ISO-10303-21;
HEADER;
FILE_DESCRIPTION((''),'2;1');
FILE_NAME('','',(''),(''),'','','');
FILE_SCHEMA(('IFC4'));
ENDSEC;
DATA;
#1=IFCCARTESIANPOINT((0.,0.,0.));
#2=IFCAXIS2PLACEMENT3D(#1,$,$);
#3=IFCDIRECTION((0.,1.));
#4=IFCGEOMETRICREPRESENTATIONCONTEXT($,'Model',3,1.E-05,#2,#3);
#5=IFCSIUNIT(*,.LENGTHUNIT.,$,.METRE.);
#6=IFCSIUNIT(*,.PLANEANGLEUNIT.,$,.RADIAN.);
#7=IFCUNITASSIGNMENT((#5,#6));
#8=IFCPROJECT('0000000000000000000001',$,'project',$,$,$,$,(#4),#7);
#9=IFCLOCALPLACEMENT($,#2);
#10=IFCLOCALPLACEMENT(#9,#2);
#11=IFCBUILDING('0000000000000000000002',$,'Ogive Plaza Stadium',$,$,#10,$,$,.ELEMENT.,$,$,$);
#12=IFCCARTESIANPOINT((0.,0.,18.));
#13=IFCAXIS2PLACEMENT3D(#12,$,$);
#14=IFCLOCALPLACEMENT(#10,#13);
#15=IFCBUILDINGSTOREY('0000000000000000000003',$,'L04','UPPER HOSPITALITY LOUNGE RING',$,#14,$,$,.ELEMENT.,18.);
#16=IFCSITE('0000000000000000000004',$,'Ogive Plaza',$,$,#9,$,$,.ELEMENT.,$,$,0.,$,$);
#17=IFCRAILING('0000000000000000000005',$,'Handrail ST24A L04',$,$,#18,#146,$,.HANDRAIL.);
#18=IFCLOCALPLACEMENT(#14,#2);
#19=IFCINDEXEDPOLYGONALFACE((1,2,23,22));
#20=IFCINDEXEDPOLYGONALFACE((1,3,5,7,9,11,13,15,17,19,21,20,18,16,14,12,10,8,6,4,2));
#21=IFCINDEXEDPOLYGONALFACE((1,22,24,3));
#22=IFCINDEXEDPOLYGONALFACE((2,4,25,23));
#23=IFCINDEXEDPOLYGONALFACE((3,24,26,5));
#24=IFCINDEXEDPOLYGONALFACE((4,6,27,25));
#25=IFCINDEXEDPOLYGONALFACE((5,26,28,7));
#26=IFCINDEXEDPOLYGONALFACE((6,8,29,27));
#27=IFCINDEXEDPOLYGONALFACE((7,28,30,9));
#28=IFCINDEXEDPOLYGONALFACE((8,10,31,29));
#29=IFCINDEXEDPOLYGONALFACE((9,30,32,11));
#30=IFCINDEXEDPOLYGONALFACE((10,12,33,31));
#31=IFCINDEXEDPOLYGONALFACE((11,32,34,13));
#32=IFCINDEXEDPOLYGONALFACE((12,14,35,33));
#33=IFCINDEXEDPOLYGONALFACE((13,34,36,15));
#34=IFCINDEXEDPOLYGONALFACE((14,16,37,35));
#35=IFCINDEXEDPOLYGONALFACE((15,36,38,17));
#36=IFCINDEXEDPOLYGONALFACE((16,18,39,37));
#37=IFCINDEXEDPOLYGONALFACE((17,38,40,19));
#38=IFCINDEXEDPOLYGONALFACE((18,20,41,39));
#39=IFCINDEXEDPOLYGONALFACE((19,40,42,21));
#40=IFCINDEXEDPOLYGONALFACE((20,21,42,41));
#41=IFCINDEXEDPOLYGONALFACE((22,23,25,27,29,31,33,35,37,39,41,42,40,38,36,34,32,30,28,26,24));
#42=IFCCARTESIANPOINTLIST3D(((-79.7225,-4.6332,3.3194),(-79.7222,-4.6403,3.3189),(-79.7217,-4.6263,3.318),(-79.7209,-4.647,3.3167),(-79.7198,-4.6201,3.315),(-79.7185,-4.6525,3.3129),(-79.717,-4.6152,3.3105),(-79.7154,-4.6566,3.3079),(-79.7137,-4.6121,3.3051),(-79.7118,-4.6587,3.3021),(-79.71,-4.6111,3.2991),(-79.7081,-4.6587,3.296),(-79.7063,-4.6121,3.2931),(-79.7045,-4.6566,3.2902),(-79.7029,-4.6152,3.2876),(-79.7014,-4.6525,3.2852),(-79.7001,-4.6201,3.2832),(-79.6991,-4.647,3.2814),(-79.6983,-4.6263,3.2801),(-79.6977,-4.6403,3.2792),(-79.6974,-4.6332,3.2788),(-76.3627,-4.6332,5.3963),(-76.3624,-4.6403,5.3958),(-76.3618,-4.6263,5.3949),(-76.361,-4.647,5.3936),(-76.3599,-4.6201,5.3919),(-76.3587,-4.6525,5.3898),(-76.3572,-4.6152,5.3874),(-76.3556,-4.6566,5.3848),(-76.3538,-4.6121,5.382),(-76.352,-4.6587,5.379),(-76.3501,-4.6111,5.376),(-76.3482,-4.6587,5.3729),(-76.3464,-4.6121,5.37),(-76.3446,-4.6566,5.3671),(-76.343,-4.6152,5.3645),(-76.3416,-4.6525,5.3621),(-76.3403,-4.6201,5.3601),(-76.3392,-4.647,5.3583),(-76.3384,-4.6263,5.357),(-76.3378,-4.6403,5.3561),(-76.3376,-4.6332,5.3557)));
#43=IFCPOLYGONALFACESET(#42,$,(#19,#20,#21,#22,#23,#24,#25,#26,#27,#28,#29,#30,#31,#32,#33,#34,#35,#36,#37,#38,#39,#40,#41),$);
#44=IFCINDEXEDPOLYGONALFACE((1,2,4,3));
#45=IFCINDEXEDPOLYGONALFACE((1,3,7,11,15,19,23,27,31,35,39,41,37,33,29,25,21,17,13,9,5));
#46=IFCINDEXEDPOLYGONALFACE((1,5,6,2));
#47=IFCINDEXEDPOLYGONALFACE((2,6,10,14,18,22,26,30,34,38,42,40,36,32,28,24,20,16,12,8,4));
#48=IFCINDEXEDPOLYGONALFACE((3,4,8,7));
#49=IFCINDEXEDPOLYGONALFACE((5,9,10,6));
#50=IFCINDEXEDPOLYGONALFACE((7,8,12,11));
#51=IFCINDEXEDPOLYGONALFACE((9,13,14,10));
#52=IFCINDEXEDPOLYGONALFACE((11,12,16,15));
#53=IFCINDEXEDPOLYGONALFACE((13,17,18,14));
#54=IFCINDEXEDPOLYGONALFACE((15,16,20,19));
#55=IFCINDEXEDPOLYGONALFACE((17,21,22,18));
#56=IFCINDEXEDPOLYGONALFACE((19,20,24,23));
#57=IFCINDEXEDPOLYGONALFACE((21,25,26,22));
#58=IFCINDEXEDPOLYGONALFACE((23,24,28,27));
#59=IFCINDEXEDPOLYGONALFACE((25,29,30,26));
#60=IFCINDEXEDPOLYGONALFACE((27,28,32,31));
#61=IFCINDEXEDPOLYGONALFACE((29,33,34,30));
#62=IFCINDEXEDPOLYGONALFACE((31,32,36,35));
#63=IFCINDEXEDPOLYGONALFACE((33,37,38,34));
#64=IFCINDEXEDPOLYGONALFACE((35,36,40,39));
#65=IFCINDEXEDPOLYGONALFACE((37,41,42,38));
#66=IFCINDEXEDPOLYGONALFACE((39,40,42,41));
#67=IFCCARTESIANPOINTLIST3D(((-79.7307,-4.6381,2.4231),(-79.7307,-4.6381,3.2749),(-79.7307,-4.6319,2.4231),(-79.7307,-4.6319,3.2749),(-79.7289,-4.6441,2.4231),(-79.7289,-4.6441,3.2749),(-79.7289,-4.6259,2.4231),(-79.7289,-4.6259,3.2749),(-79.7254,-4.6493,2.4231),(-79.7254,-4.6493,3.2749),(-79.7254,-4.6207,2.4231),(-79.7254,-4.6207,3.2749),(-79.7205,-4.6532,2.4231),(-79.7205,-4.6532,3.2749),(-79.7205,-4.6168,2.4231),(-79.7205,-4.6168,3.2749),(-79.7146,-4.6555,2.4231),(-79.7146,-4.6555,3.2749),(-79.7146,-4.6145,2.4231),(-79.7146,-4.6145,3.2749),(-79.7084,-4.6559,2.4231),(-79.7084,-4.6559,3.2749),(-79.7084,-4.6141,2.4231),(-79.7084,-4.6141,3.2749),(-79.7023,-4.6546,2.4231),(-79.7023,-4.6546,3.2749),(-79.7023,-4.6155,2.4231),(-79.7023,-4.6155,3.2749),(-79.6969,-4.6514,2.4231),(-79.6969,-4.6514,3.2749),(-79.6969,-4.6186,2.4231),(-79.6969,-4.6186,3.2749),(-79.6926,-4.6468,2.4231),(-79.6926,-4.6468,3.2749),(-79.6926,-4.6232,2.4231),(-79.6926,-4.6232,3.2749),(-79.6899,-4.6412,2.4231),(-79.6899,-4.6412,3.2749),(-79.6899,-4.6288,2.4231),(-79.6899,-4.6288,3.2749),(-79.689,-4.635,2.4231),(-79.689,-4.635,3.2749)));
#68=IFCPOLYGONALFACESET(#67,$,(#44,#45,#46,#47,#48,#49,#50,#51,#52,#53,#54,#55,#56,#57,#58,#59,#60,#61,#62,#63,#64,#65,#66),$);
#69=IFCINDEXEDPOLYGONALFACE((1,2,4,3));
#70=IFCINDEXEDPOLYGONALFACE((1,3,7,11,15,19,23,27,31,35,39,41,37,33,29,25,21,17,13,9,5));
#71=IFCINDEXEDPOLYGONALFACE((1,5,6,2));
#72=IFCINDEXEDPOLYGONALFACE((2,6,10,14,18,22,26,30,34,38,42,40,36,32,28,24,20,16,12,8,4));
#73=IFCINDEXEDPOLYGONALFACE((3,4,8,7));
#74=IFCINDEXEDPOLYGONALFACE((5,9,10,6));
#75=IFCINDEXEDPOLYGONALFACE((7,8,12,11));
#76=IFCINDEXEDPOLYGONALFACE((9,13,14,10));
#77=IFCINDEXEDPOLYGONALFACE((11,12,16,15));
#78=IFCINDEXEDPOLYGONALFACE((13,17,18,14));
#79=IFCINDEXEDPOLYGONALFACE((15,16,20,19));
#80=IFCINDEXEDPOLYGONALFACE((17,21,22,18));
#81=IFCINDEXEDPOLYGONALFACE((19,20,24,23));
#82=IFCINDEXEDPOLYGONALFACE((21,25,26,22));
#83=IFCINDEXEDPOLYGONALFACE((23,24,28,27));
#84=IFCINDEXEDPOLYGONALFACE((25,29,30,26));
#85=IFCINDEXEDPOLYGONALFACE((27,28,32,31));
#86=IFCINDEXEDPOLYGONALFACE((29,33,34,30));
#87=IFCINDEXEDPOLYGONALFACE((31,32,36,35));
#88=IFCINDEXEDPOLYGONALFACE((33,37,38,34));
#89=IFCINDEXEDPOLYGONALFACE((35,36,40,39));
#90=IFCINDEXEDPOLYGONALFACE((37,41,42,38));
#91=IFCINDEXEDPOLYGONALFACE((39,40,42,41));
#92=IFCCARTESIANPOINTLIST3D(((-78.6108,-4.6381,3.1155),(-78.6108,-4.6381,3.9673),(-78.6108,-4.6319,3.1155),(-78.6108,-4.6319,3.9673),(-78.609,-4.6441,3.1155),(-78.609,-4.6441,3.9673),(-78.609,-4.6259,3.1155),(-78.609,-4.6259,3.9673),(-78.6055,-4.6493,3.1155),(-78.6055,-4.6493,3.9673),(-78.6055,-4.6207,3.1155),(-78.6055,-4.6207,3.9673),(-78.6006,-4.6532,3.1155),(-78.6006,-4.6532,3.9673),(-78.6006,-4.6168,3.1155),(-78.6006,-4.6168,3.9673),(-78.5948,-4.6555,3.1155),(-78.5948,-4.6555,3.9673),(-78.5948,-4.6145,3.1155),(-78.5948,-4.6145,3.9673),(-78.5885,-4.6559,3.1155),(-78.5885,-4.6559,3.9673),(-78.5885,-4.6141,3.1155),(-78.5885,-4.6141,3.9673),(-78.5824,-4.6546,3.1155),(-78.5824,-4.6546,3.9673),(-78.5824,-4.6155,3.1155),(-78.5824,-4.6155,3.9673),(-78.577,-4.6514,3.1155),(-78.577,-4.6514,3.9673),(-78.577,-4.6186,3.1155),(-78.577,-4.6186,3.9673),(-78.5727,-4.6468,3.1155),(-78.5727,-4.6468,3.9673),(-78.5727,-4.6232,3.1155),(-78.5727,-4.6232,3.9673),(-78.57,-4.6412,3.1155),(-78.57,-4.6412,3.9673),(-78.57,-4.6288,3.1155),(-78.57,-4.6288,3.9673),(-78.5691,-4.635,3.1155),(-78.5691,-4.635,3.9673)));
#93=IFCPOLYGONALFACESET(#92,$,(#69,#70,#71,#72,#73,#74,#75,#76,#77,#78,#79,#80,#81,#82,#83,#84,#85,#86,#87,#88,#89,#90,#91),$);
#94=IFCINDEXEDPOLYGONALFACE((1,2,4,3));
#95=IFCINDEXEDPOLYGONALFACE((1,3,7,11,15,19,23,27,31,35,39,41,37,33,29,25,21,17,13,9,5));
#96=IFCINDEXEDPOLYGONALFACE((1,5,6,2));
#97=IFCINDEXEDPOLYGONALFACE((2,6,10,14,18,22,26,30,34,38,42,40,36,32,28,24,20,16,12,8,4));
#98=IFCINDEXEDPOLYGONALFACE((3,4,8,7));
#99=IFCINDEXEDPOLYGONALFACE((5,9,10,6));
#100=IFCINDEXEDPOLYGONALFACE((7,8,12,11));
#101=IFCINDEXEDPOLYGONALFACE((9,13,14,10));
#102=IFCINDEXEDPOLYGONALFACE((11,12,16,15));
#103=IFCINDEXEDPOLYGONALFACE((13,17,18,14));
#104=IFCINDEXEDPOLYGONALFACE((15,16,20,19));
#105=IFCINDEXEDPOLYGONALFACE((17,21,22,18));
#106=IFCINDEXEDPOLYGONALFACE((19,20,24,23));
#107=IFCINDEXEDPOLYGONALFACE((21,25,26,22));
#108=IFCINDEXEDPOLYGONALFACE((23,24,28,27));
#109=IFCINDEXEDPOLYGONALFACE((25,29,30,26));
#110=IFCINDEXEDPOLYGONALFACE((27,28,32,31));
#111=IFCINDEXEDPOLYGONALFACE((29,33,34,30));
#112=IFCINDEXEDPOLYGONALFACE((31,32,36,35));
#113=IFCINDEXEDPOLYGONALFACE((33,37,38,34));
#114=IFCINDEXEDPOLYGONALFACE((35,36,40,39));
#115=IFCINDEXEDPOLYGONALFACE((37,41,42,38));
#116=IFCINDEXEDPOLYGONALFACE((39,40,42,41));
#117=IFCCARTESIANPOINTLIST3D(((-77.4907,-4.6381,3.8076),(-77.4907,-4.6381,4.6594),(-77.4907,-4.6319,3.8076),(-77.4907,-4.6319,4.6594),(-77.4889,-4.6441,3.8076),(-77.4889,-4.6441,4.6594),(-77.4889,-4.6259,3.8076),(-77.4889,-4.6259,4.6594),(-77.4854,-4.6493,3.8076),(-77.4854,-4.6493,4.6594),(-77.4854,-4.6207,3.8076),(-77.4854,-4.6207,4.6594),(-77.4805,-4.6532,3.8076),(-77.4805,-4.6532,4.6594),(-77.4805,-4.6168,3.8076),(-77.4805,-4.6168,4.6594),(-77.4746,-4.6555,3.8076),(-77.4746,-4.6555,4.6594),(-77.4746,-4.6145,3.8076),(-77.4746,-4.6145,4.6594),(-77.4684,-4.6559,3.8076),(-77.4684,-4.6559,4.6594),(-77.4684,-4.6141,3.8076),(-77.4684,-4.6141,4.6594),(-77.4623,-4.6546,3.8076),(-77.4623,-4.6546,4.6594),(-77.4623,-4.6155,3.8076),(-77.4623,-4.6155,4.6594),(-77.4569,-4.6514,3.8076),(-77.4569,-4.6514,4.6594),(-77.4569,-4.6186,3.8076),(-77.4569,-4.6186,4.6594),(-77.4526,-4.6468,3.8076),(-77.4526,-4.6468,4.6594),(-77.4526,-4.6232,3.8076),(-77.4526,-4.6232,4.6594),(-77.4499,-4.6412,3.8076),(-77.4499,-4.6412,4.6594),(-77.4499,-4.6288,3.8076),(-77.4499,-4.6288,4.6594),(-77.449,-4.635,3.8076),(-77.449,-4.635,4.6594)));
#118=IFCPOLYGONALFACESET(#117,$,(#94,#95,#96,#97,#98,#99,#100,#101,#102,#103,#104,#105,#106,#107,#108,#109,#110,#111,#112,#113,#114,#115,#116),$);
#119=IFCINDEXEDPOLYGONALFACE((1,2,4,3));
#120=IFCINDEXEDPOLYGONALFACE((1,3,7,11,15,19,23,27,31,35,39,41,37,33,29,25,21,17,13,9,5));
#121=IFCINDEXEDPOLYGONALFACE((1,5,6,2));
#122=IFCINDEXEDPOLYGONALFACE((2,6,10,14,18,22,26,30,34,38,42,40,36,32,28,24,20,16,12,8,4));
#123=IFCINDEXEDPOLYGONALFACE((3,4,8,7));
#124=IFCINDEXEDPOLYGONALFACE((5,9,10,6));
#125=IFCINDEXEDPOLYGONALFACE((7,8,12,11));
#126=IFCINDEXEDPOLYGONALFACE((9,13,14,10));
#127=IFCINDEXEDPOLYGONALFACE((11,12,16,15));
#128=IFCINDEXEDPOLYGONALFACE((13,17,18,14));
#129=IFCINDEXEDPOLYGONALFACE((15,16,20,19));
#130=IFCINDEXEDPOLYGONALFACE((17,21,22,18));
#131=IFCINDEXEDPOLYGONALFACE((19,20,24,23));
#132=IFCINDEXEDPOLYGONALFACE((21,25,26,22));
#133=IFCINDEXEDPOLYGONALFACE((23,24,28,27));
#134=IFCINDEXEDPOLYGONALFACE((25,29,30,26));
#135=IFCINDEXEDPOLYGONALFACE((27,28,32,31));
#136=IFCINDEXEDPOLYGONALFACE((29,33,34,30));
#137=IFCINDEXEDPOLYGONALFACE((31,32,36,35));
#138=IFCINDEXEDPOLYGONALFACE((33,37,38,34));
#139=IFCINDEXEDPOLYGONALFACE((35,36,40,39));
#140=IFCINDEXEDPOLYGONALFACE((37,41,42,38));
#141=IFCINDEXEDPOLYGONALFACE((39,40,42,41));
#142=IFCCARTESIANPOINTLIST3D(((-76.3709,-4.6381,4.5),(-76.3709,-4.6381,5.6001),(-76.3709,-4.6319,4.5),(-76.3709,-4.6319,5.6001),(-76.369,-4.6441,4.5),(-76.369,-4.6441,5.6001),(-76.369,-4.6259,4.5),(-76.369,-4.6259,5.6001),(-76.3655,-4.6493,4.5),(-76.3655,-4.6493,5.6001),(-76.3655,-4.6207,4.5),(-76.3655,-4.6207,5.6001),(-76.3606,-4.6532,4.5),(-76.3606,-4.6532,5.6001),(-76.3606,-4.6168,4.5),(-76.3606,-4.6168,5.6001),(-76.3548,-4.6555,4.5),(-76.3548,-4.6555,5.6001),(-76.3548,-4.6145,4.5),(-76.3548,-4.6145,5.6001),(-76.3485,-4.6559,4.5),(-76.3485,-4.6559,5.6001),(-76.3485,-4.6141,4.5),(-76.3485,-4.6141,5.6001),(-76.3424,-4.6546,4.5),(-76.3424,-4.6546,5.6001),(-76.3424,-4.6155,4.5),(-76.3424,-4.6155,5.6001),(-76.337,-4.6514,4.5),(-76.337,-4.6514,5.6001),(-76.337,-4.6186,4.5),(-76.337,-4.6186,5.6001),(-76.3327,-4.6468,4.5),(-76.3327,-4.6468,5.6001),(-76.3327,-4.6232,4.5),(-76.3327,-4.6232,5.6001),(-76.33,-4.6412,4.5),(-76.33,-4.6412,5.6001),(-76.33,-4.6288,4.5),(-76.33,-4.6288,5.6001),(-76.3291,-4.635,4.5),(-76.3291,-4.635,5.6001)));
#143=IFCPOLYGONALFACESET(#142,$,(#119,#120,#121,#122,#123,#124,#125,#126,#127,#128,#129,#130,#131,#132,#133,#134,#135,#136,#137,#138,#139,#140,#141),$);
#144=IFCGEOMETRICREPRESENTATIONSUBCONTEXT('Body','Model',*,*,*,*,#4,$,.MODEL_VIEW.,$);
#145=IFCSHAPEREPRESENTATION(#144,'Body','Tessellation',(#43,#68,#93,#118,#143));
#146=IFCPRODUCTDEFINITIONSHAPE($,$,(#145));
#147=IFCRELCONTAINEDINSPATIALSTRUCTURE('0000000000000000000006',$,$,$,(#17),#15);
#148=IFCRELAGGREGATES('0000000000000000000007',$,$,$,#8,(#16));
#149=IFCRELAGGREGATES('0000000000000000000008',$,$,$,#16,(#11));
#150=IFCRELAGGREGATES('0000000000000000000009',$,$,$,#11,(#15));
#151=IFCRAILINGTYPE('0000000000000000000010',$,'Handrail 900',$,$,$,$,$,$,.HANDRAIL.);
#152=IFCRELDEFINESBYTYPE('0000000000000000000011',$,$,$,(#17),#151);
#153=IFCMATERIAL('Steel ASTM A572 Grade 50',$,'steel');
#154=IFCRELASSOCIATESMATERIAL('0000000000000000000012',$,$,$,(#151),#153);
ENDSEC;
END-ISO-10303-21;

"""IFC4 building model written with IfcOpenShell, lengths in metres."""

from ifc_helpers import new_model, si_unit, direction, frame, origin, origin_2d, place, context, subcontext, project, spatial, circle, extrude, material, type_object, element, save


model = new_model("IFC4")

# Units and contexts
model_context = context("Model", 3, precision=1e-05, world=origin(), true_north=direction((0.0, 1.0)))
body_context = subcontext(model_context, "Body", "Model", "MODEL_VIEW")
ifc_project = project(units=[si_unit("LENGTHUNIT", "METRE"), si_unit("PLANEANGLEUNIT", "RADIAN")], contexts=[model_context])

# Site, building, storey
site_placement = place(None, origin())
site = spatial("IfcSite", under=ifc_project, at=site_placement, Name="Ogive Plaza", CompositionType="ELEMENT", RefElevation=0.0)
building_placement = place(site_placement, origin())
building = spatial("IfcBuilding", under=site, at=building_placement, Name="Ogive Plaza Stadium", CompositionType="ELEMENT")
storey_placement = place(building_placement, frame((0.0, 0.0, 18.0)))
storey = spatial("IfcBuildingStorey", under=building, at=storey_placement, Name="L04", Description="UPPER HOSPITALITY LOUNGE RING", CompositionType="ELEMENT", Elevation=18.0)

# Railing
ifc_material_1 = material(Name="Steel ASTM A572 Grade 50", Category="steel")
railing_type = type_object("IfcRailingType", Name="Handrail 900", PredefinedType="HANDRAIL", material=ifc_material_1)
for number, where, name in (
    (1, (-79.71, -4.635, 2.4231), "Handrail ST24A L04"),
):
    element("IfcRailing", number, at=place(storey_placement, frame(where)), inside=storey, type_object=railing_type, Name=name, PredefinedType="HANDRAIL", context=body_context, shape_type="SweptSolid", body=[
        extrude(circle(Radius=0.0239, at=origin_2d()), frame((0.0, 0.0, 0.876), z_axis=(0.850606, 0.0, 0.525803), x_axis=(0.0, 1.0, 0.0)), (0.0, 0.0, 1.0), 3.95),
        extrude(circle(Radius=0.021, at=origin_2d()), origin(), (0.0, 0.0, 1.0), 0.8518),
        extrude(circle(Radius=0.021, at=origin_2d()), frame((1.1199, 0.0, 0.6924)), (0.0, 0.0, 1.0), 0.8518),
        extrude(circle(Radius=0.021, at=origin_2d()), frame((2.24, 0.0, 1.3845)), (0.0, 0.0, 1.0), 0.8518),
        extrude(circle(Radius=0.021, at=origin_2d()), frame((3.3599, 0.0, 2.0769)), (0.0, 0.0, 1.0), 1.1001),
    ])

save(model, "model.ifc")
